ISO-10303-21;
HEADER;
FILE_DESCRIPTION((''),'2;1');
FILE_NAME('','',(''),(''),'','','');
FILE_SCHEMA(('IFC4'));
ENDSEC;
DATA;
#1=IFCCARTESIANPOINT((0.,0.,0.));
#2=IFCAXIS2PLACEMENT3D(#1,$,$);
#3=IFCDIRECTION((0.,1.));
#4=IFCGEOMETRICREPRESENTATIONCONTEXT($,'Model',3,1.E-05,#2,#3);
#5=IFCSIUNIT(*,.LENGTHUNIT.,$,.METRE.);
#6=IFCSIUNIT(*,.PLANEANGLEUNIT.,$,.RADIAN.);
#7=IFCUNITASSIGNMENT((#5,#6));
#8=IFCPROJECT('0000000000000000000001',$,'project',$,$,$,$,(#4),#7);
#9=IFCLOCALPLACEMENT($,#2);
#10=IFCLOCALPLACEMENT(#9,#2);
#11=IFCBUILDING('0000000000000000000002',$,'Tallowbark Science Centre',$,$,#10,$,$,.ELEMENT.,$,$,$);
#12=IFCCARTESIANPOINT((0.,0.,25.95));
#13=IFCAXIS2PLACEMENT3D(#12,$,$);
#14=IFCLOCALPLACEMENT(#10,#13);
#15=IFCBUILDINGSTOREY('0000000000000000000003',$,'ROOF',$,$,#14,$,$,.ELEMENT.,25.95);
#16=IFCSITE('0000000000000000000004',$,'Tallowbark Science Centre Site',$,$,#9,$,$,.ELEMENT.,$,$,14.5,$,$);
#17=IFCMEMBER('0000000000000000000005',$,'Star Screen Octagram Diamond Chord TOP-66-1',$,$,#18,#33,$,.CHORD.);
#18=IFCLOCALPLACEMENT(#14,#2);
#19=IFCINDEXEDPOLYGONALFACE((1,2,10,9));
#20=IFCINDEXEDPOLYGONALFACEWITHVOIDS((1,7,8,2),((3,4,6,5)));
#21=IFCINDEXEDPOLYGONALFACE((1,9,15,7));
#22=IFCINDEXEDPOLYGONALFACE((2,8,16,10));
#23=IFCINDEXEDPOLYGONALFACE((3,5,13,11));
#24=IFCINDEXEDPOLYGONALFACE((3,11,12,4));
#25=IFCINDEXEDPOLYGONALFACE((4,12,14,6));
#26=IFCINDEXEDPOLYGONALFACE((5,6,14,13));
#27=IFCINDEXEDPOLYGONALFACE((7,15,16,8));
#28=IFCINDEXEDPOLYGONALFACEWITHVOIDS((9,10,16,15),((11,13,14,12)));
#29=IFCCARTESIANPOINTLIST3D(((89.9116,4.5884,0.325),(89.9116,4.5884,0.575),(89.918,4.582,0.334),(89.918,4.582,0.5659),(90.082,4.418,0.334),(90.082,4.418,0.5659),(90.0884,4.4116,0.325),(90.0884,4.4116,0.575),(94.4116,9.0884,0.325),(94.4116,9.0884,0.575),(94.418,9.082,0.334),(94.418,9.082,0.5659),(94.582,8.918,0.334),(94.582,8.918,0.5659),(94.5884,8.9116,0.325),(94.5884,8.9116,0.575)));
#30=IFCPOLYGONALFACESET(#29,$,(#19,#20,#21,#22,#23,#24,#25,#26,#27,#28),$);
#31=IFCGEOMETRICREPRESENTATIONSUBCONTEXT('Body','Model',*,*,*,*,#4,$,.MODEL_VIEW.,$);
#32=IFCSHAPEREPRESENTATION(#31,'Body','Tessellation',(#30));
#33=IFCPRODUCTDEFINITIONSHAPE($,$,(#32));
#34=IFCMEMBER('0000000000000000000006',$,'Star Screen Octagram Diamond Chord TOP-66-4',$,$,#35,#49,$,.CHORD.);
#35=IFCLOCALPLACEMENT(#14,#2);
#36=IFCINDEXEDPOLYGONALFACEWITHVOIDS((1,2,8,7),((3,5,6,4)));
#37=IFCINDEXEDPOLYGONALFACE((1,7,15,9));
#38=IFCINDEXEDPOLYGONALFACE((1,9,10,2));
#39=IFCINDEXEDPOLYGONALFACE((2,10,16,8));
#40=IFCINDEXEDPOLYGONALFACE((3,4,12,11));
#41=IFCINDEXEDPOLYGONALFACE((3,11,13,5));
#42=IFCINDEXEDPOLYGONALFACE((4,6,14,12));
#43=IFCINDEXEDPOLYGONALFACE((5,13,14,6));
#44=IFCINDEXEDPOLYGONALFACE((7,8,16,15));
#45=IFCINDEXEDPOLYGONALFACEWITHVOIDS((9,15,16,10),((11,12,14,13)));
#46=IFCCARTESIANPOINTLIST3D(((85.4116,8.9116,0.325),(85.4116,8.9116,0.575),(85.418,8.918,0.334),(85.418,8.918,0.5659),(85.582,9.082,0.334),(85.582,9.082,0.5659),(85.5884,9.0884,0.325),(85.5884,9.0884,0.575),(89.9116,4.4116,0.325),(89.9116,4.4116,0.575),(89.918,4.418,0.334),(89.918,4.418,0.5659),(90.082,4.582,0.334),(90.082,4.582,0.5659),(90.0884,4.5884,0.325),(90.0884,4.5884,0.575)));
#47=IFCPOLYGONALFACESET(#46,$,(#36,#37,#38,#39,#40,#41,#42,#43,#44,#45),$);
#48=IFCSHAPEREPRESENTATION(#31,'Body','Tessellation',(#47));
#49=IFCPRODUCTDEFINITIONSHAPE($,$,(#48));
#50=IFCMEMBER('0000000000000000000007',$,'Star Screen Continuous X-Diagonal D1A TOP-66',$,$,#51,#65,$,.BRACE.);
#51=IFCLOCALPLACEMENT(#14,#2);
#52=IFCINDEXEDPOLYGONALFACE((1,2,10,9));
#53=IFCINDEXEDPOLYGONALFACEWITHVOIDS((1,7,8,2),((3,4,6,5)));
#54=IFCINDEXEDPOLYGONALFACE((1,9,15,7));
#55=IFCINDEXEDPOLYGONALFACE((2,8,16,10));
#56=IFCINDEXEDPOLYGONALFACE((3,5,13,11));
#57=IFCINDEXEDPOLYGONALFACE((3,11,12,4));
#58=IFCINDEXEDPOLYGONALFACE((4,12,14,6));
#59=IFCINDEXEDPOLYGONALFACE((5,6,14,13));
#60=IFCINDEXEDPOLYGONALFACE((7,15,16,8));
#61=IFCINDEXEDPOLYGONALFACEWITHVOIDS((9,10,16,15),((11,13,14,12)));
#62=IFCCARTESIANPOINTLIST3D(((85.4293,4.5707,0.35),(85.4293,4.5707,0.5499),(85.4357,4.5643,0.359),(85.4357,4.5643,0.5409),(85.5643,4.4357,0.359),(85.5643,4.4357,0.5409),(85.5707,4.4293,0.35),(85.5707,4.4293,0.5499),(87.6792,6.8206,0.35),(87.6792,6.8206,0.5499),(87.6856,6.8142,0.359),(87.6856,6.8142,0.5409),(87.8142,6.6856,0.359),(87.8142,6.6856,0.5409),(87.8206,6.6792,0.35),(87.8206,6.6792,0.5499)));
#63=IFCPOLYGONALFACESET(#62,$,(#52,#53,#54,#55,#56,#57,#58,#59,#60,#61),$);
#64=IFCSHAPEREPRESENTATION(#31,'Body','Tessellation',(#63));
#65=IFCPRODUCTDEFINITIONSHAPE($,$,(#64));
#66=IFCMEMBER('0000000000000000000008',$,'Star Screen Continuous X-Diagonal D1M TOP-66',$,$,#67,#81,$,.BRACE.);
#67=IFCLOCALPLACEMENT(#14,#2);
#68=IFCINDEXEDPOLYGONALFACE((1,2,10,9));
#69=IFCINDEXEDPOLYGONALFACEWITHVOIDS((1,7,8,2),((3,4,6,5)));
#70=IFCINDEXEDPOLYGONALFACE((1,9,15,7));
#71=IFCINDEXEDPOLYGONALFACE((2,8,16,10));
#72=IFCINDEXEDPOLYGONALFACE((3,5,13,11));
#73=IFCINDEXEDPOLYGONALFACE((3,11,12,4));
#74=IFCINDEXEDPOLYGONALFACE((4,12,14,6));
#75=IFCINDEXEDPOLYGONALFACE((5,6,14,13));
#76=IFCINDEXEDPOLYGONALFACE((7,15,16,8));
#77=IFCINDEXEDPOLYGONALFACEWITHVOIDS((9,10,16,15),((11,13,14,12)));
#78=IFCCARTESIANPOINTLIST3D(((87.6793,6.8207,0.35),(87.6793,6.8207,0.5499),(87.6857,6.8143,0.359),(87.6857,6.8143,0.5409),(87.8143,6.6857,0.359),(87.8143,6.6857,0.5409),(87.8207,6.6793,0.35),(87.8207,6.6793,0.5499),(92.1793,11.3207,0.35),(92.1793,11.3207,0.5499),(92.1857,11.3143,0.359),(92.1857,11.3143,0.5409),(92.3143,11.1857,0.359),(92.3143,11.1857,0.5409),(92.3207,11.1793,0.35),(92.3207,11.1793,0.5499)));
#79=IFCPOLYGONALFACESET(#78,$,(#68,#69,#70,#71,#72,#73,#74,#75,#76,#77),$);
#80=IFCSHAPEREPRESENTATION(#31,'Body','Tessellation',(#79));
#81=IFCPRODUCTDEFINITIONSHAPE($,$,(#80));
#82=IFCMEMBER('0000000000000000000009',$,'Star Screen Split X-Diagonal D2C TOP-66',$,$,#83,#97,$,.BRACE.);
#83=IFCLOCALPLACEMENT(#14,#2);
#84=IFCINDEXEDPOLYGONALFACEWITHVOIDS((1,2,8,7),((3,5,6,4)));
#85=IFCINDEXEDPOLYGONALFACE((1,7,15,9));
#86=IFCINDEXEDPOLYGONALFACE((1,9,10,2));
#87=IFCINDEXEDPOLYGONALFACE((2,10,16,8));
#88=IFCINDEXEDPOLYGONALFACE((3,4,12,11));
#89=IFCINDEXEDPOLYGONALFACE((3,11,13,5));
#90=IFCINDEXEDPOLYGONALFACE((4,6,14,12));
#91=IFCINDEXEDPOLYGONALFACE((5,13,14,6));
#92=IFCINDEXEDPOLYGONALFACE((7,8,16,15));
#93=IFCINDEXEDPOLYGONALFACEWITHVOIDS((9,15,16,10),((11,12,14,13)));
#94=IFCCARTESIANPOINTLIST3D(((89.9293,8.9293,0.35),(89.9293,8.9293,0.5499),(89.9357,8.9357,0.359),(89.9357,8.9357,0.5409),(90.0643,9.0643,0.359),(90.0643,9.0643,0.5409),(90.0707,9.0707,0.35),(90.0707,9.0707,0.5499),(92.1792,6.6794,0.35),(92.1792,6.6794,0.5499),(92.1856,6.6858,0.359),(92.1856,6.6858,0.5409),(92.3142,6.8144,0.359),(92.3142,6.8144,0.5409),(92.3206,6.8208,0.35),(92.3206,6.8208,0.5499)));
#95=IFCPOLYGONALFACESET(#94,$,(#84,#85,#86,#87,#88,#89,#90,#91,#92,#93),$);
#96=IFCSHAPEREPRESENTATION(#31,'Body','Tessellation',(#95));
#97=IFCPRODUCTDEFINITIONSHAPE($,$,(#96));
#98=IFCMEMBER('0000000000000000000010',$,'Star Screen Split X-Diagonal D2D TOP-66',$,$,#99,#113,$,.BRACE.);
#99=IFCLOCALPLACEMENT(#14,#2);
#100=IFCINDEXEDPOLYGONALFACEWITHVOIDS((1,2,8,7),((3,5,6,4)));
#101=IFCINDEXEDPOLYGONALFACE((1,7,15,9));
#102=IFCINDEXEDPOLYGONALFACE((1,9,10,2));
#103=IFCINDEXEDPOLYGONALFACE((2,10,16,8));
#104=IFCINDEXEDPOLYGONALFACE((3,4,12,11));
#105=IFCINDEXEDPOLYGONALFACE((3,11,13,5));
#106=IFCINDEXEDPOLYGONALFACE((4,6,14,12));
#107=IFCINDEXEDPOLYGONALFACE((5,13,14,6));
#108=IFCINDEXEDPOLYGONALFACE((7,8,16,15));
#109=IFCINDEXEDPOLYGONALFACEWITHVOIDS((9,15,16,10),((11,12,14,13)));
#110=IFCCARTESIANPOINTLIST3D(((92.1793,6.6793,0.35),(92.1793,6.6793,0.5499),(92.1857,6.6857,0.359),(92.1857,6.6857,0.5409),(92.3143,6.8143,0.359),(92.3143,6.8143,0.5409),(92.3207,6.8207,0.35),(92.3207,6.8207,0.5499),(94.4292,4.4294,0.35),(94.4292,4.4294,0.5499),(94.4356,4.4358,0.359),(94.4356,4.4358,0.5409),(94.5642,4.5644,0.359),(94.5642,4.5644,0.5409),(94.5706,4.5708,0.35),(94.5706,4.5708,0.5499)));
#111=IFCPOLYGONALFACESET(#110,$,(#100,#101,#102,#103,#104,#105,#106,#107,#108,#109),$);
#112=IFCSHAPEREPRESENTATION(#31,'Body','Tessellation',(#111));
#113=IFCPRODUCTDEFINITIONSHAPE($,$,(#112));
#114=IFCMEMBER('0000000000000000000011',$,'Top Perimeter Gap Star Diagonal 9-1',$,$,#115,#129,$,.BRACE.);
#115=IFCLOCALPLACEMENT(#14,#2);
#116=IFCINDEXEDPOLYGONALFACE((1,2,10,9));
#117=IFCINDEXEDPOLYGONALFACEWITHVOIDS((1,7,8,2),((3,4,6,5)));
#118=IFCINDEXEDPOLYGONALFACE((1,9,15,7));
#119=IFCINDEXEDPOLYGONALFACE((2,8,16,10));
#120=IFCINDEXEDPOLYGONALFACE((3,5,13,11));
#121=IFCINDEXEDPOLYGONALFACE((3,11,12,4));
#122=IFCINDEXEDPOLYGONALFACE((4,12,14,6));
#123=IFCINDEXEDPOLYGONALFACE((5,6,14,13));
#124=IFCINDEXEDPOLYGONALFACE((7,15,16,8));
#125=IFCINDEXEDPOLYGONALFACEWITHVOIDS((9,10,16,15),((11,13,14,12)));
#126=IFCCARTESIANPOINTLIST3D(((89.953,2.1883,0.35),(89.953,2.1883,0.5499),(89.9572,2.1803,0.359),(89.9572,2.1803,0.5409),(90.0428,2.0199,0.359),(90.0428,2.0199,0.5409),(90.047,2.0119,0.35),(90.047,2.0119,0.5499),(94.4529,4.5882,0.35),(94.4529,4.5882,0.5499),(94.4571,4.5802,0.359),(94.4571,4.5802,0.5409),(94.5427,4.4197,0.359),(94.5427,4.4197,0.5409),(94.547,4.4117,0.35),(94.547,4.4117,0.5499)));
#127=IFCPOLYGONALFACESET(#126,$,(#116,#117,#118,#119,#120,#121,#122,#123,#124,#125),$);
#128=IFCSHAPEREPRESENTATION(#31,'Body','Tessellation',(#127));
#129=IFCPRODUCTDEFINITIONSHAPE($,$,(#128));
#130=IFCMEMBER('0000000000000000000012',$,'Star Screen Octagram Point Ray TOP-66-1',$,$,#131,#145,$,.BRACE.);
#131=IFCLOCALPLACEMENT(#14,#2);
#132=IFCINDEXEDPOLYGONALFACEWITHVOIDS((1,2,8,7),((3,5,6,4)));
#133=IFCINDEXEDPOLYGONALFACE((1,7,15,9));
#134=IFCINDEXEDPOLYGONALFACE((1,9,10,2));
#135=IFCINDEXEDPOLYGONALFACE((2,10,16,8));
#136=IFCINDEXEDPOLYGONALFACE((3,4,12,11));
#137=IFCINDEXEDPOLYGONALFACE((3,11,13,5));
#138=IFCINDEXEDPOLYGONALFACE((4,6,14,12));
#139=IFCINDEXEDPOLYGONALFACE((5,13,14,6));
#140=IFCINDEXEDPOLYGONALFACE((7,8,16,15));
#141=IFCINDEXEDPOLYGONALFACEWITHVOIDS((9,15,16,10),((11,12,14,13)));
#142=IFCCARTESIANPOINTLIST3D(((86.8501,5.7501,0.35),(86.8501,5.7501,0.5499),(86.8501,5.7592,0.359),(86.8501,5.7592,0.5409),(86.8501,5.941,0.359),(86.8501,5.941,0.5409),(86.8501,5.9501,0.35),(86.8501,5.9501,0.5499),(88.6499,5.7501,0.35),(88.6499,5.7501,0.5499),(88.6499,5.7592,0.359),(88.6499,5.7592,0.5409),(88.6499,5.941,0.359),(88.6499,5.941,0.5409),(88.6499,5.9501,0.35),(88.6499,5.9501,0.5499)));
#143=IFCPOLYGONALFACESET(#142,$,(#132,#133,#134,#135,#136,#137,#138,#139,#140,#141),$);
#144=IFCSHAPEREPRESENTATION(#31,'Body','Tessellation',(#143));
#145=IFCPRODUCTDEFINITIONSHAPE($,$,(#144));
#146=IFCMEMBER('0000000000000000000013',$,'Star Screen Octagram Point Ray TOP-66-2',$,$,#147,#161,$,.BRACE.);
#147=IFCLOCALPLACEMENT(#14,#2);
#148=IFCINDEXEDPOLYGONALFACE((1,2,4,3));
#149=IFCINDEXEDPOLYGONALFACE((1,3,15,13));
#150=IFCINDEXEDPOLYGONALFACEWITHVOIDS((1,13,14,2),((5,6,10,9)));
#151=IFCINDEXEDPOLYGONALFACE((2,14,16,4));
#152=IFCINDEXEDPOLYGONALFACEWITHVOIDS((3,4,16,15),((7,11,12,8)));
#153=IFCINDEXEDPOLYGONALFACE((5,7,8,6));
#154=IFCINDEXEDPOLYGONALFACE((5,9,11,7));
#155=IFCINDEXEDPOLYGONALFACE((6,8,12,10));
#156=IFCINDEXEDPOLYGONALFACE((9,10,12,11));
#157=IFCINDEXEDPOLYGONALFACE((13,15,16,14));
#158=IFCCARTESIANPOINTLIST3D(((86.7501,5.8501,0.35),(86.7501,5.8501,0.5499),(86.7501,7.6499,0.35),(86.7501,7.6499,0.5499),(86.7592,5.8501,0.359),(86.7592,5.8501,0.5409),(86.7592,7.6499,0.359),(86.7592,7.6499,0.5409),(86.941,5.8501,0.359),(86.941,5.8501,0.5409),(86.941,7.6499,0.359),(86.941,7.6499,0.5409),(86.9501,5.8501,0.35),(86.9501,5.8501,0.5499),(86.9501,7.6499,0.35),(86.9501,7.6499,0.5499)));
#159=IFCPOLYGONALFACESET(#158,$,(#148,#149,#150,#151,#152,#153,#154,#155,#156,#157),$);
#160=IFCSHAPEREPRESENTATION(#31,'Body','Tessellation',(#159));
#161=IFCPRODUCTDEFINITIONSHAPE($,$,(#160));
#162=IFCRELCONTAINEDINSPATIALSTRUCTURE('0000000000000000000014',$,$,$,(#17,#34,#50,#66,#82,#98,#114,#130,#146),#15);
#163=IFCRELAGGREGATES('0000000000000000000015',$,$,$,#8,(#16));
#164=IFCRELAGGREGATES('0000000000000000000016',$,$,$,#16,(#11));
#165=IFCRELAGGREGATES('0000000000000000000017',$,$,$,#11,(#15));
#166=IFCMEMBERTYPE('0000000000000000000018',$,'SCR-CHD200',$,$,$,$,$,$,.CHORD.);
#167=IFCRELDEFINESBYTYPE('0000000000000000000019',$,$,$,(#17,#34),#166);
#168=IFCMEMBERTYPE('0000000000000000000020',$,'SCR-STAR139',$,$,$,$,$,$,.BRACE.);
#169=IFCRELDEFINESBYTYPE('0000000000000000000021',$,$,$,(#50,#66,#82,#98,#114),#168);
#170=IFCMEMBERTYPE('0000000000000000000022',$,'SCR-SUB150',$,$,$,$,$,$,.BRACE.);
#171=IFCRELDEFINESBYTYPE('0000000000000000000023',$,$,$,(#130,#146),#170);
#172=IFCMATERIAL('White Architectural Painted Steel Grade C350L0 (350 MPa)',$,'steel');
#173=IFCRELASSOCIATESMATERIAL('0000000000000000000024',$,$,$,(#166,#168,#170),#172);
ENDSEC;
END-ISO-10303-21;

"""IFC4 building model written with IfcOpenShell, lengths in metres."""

from ifc_helpers import new_model, si_unit, direction, frame, origin, origin_2d, place, context, subcontext, project, spatial, hollow_rectangle, extrude, material, material_profile, profile_set, type_object, element, save


model = new_model("IFC4")

# Units and contexts
model_context = context("Model", 3, precision=1e-05, world=origin(), true_north=direction((0.0, 1.0)))
body_context = subcontext(model_context, "Body", "Model", "MODEL_VIEW")
ifc_project = project(units=[si_unit("LENGTHUNIT", "METRE"), si_unit("PLANEANGLEUNIT", "RADIAN")], contexts=[model_context])

# Site, building, storey
site_placement = place(None, origin())
site = spatial("IfcSite", under=ifc_project, at=site_placement, Name="Tallowbark Science Centre Site", CompositionType="ELEMENT", RefElevation=14.5)
building_placement = place(site_placement, origin())
building = spatial("IfcBuilding", under=site, at=building_placement, Name="Tallowbark Science Centre", CompositionType="ELEMENT")
storey_placement = place(building_placement, frame((0.0, 0.0, 25.95)))
storey = spatial("IfcBuildingStorey", under=building, at=storey_placement, Name="ROOF", CompositionType="ELEMENT", Elevation=25.95)

# Shared definitions
ifc_material_1 = material(Name="White Architectural Painted Steel Grade C350L0 (350 MPa)", Category="steel")

# Members
ifc_material_profile_1 = material_profile(ifc_material_1, hollow_rectangle(XDim=0.25, YDim=0.25, WallThickness=0.009, at=origin_2d()), Name="250x250x9.0SHS")
ifc_profile_set_1 = profile_set([ifc_material_profile_1], Name="White Architectural Painted Steel Grade C350L0 (350 MPa)")
member_type_1 = type_object("IfcMemberType", Name="SCR-CHD200", PredefinedType="CHORD", material=ifc_profile_set_1)
for number, where, z_axis, x_axis, name in (
    (1, (90.0, 4.5, 0.45), (0.707107, 0.707107, 0.0), (-0.707107, 0.707107, 0.0), "Star Screen Octagram Diamond Chord TOP-66-1"),
    (2, (85.5, 9.0, 0.45), (0.707107, -0.707107, 0.0), (0.707107, 0.707107, 0.0), "Star Screen Octagram Diamond Chord TOP-66-4"),
):
    element("IfcMember", number, at=place(storey_placement, frame(where, z_axis=z_axis, x_axis=x_axis)), inside=storey, type_object=member_type_1, Name=name, PredefinedType="CHORD", context=body_context, shape_type="SweptSolid", body=[
        extrude(hollow_rectangle(XDim=0.25, YDim=0.25, WallThickness=0.009, at=origin_2d()), origin(), (0.0, 0.0, 1.0), 6.364),
    ])
ifc_material_profile_2 = material_profile(ifc_material_1, hollow_rectangle(XDim=0.2, YDim=0.2, WallThickness=0.009, at=origin_2d()), Name="200x200x9.0SHS")
ifc_profile_set_2 = profile_set([ifc_material_profile_2], Name="White Architectural Painted Steel Grade C350L0 (350 MPa)")
member_type_2 = type_object("IfcMemberType", Name="SCR-STAR139", PredefinedType="BRACE", material=ifc_profile_set_2)
member_1_placement = place(storey_placement, frame((85.5, 4.5, 0.45), z_axis=(0.707107, 0.707107, 0.0), x_axis=(-0.707107, 0.707107, 0.0)))
element("IfcMember", 3, at=member_1_placement, inside=storey, type_object=member_type_2, Name="Star Screen Continuous X-Diagonal D1A TOP-66", PredefinedType="BRACE", context=body_context, shape_type="SweptSolid", body=[
    extrude(hollow_rectangle(XDim=0.2, YDim=0.2, WallThickness=0.009, at=origin_2d()), origin(), (0.0, 0.0, 1.0), 3.1819),
])
member_2_placement = place(storey_placement, frame((87.75, 6.75, 0.45), z_axis=(0.707107, 0.707107, 0.0), x_axis=(-0.707107, 0.707107, 0.0)))
element("IfcMember", 4, at=member_2_placement, inside=storey, type_object=member_type_2, Name="Star Screen Continuous X-Diagonal D1M TOP-66", PredefinedType="BRACE", context=body_context, shape_type="SweptSolid", body=[
    extrude(hollow_rectangle(XDim=0.2, YDim=0.2, WallThickness=0.009, at=origin_2d()), origin(), (0.0, 0.0, 1.0), 6.364),
])
for number, where, z_axis, x_axis, name in (
    (5, (90.0, 9.0, 0.45), (0.707107, -0.707107, 0.0), (0.707107, 0.707107, 0.0), "Star Screen Split X-Diagonal D2C TOP-66"),
    (6, (92.25, 6.75, 0.45), (0.707107, -0.707107, 0.0), (0.707107, 0.707107, 0.0), "Star Screen Split X-Diagonal D2D TOP-66"),
):
    element("IfcMember", number, at=place(storey_placement, frame(where, z_axis=z_axis, x_axis=x_axis)), inside=storey, type_object=member_type_2, Name=name, PredefinedType="BRACE", context=body_context, shape_type="SweptSolid", body=[
        extrude(hollow_rectangle(XDim=0.2, YDim=0.2, WallThickness=0.009, at=origin_2d()), origin(), (0.0, 0.0, 1.0), 3.1819),
    ])
member_3_placement = place(storey_placement, frame((90.0, 2.1001, 0.45), z_axis=(0.882361, 0.470573, 0.0), x_axis=(-0.470573, 0.882361, 0.0)))
element("IfcMember", 7, at=member_3_placement, inside=storey, type_object=member_type_2, Name="Top Perimeter Gap Star Diagonal 9-1", PredefinedType="BRACE", context=body_context, shape_type="SweptSolid", body=[
    extrude(hollow_rectangle(XDim=0.2, YDim=0.2, WallThickness=0.009, at=origin_2d()), origin(), (0.0, 0.0, 1.0), 5.0999),
])
ifc_material_profile_3 = material_profile(ifc_material_1, hollow_rectangle(XDim=0.2, YDim=0.2, WallThickness=0.009, at=origin_2d()), Name="200x200x9.0SHS")
ifc_profile_set_3 = profile_set([ifc_material_profile_3], Name="White Architectural Painted Steel Grade C350L0 (350 MPa)")
member_type_3 = type_object("IfcMemberType", Name="SCR-SUB150", PredefinedType="BRACE", material=ifc_profile_set_3)
for number, where, z_axis, x_axis, name in (
    (8, (86.8501, 5.8501, 0.45), (1.0, 0.0, 0.0), (0.0, 1.0, 0.0), "Star Screen Octagram Point Ray TOP-66-1"),
    (9, (86.8501, 5.8501, 0.45), (0.0, 1.0, 0.0), (-1.0, 0.0, 0.0), "Star Screen Octagram Point Ray TOP-66-2"),
):
    element("IfcMember", number, at=place(storey_placement, frame(where, z_axis=z_axis, x_axis=x_axis)), inside=storey, type_object=member_type_3, Name=name, PredefinedType="BRACE", context=body_context, shape_type="SweptSolid", body=[
        extrude(hollow_rectangle(XDim=0.2, YDim=0.2, WallThickness=0.009, at=origin_2d()), origin(), (0.0, 0.0, 1.0), 1.7998),
    ])

save(model, "model.ifc")
